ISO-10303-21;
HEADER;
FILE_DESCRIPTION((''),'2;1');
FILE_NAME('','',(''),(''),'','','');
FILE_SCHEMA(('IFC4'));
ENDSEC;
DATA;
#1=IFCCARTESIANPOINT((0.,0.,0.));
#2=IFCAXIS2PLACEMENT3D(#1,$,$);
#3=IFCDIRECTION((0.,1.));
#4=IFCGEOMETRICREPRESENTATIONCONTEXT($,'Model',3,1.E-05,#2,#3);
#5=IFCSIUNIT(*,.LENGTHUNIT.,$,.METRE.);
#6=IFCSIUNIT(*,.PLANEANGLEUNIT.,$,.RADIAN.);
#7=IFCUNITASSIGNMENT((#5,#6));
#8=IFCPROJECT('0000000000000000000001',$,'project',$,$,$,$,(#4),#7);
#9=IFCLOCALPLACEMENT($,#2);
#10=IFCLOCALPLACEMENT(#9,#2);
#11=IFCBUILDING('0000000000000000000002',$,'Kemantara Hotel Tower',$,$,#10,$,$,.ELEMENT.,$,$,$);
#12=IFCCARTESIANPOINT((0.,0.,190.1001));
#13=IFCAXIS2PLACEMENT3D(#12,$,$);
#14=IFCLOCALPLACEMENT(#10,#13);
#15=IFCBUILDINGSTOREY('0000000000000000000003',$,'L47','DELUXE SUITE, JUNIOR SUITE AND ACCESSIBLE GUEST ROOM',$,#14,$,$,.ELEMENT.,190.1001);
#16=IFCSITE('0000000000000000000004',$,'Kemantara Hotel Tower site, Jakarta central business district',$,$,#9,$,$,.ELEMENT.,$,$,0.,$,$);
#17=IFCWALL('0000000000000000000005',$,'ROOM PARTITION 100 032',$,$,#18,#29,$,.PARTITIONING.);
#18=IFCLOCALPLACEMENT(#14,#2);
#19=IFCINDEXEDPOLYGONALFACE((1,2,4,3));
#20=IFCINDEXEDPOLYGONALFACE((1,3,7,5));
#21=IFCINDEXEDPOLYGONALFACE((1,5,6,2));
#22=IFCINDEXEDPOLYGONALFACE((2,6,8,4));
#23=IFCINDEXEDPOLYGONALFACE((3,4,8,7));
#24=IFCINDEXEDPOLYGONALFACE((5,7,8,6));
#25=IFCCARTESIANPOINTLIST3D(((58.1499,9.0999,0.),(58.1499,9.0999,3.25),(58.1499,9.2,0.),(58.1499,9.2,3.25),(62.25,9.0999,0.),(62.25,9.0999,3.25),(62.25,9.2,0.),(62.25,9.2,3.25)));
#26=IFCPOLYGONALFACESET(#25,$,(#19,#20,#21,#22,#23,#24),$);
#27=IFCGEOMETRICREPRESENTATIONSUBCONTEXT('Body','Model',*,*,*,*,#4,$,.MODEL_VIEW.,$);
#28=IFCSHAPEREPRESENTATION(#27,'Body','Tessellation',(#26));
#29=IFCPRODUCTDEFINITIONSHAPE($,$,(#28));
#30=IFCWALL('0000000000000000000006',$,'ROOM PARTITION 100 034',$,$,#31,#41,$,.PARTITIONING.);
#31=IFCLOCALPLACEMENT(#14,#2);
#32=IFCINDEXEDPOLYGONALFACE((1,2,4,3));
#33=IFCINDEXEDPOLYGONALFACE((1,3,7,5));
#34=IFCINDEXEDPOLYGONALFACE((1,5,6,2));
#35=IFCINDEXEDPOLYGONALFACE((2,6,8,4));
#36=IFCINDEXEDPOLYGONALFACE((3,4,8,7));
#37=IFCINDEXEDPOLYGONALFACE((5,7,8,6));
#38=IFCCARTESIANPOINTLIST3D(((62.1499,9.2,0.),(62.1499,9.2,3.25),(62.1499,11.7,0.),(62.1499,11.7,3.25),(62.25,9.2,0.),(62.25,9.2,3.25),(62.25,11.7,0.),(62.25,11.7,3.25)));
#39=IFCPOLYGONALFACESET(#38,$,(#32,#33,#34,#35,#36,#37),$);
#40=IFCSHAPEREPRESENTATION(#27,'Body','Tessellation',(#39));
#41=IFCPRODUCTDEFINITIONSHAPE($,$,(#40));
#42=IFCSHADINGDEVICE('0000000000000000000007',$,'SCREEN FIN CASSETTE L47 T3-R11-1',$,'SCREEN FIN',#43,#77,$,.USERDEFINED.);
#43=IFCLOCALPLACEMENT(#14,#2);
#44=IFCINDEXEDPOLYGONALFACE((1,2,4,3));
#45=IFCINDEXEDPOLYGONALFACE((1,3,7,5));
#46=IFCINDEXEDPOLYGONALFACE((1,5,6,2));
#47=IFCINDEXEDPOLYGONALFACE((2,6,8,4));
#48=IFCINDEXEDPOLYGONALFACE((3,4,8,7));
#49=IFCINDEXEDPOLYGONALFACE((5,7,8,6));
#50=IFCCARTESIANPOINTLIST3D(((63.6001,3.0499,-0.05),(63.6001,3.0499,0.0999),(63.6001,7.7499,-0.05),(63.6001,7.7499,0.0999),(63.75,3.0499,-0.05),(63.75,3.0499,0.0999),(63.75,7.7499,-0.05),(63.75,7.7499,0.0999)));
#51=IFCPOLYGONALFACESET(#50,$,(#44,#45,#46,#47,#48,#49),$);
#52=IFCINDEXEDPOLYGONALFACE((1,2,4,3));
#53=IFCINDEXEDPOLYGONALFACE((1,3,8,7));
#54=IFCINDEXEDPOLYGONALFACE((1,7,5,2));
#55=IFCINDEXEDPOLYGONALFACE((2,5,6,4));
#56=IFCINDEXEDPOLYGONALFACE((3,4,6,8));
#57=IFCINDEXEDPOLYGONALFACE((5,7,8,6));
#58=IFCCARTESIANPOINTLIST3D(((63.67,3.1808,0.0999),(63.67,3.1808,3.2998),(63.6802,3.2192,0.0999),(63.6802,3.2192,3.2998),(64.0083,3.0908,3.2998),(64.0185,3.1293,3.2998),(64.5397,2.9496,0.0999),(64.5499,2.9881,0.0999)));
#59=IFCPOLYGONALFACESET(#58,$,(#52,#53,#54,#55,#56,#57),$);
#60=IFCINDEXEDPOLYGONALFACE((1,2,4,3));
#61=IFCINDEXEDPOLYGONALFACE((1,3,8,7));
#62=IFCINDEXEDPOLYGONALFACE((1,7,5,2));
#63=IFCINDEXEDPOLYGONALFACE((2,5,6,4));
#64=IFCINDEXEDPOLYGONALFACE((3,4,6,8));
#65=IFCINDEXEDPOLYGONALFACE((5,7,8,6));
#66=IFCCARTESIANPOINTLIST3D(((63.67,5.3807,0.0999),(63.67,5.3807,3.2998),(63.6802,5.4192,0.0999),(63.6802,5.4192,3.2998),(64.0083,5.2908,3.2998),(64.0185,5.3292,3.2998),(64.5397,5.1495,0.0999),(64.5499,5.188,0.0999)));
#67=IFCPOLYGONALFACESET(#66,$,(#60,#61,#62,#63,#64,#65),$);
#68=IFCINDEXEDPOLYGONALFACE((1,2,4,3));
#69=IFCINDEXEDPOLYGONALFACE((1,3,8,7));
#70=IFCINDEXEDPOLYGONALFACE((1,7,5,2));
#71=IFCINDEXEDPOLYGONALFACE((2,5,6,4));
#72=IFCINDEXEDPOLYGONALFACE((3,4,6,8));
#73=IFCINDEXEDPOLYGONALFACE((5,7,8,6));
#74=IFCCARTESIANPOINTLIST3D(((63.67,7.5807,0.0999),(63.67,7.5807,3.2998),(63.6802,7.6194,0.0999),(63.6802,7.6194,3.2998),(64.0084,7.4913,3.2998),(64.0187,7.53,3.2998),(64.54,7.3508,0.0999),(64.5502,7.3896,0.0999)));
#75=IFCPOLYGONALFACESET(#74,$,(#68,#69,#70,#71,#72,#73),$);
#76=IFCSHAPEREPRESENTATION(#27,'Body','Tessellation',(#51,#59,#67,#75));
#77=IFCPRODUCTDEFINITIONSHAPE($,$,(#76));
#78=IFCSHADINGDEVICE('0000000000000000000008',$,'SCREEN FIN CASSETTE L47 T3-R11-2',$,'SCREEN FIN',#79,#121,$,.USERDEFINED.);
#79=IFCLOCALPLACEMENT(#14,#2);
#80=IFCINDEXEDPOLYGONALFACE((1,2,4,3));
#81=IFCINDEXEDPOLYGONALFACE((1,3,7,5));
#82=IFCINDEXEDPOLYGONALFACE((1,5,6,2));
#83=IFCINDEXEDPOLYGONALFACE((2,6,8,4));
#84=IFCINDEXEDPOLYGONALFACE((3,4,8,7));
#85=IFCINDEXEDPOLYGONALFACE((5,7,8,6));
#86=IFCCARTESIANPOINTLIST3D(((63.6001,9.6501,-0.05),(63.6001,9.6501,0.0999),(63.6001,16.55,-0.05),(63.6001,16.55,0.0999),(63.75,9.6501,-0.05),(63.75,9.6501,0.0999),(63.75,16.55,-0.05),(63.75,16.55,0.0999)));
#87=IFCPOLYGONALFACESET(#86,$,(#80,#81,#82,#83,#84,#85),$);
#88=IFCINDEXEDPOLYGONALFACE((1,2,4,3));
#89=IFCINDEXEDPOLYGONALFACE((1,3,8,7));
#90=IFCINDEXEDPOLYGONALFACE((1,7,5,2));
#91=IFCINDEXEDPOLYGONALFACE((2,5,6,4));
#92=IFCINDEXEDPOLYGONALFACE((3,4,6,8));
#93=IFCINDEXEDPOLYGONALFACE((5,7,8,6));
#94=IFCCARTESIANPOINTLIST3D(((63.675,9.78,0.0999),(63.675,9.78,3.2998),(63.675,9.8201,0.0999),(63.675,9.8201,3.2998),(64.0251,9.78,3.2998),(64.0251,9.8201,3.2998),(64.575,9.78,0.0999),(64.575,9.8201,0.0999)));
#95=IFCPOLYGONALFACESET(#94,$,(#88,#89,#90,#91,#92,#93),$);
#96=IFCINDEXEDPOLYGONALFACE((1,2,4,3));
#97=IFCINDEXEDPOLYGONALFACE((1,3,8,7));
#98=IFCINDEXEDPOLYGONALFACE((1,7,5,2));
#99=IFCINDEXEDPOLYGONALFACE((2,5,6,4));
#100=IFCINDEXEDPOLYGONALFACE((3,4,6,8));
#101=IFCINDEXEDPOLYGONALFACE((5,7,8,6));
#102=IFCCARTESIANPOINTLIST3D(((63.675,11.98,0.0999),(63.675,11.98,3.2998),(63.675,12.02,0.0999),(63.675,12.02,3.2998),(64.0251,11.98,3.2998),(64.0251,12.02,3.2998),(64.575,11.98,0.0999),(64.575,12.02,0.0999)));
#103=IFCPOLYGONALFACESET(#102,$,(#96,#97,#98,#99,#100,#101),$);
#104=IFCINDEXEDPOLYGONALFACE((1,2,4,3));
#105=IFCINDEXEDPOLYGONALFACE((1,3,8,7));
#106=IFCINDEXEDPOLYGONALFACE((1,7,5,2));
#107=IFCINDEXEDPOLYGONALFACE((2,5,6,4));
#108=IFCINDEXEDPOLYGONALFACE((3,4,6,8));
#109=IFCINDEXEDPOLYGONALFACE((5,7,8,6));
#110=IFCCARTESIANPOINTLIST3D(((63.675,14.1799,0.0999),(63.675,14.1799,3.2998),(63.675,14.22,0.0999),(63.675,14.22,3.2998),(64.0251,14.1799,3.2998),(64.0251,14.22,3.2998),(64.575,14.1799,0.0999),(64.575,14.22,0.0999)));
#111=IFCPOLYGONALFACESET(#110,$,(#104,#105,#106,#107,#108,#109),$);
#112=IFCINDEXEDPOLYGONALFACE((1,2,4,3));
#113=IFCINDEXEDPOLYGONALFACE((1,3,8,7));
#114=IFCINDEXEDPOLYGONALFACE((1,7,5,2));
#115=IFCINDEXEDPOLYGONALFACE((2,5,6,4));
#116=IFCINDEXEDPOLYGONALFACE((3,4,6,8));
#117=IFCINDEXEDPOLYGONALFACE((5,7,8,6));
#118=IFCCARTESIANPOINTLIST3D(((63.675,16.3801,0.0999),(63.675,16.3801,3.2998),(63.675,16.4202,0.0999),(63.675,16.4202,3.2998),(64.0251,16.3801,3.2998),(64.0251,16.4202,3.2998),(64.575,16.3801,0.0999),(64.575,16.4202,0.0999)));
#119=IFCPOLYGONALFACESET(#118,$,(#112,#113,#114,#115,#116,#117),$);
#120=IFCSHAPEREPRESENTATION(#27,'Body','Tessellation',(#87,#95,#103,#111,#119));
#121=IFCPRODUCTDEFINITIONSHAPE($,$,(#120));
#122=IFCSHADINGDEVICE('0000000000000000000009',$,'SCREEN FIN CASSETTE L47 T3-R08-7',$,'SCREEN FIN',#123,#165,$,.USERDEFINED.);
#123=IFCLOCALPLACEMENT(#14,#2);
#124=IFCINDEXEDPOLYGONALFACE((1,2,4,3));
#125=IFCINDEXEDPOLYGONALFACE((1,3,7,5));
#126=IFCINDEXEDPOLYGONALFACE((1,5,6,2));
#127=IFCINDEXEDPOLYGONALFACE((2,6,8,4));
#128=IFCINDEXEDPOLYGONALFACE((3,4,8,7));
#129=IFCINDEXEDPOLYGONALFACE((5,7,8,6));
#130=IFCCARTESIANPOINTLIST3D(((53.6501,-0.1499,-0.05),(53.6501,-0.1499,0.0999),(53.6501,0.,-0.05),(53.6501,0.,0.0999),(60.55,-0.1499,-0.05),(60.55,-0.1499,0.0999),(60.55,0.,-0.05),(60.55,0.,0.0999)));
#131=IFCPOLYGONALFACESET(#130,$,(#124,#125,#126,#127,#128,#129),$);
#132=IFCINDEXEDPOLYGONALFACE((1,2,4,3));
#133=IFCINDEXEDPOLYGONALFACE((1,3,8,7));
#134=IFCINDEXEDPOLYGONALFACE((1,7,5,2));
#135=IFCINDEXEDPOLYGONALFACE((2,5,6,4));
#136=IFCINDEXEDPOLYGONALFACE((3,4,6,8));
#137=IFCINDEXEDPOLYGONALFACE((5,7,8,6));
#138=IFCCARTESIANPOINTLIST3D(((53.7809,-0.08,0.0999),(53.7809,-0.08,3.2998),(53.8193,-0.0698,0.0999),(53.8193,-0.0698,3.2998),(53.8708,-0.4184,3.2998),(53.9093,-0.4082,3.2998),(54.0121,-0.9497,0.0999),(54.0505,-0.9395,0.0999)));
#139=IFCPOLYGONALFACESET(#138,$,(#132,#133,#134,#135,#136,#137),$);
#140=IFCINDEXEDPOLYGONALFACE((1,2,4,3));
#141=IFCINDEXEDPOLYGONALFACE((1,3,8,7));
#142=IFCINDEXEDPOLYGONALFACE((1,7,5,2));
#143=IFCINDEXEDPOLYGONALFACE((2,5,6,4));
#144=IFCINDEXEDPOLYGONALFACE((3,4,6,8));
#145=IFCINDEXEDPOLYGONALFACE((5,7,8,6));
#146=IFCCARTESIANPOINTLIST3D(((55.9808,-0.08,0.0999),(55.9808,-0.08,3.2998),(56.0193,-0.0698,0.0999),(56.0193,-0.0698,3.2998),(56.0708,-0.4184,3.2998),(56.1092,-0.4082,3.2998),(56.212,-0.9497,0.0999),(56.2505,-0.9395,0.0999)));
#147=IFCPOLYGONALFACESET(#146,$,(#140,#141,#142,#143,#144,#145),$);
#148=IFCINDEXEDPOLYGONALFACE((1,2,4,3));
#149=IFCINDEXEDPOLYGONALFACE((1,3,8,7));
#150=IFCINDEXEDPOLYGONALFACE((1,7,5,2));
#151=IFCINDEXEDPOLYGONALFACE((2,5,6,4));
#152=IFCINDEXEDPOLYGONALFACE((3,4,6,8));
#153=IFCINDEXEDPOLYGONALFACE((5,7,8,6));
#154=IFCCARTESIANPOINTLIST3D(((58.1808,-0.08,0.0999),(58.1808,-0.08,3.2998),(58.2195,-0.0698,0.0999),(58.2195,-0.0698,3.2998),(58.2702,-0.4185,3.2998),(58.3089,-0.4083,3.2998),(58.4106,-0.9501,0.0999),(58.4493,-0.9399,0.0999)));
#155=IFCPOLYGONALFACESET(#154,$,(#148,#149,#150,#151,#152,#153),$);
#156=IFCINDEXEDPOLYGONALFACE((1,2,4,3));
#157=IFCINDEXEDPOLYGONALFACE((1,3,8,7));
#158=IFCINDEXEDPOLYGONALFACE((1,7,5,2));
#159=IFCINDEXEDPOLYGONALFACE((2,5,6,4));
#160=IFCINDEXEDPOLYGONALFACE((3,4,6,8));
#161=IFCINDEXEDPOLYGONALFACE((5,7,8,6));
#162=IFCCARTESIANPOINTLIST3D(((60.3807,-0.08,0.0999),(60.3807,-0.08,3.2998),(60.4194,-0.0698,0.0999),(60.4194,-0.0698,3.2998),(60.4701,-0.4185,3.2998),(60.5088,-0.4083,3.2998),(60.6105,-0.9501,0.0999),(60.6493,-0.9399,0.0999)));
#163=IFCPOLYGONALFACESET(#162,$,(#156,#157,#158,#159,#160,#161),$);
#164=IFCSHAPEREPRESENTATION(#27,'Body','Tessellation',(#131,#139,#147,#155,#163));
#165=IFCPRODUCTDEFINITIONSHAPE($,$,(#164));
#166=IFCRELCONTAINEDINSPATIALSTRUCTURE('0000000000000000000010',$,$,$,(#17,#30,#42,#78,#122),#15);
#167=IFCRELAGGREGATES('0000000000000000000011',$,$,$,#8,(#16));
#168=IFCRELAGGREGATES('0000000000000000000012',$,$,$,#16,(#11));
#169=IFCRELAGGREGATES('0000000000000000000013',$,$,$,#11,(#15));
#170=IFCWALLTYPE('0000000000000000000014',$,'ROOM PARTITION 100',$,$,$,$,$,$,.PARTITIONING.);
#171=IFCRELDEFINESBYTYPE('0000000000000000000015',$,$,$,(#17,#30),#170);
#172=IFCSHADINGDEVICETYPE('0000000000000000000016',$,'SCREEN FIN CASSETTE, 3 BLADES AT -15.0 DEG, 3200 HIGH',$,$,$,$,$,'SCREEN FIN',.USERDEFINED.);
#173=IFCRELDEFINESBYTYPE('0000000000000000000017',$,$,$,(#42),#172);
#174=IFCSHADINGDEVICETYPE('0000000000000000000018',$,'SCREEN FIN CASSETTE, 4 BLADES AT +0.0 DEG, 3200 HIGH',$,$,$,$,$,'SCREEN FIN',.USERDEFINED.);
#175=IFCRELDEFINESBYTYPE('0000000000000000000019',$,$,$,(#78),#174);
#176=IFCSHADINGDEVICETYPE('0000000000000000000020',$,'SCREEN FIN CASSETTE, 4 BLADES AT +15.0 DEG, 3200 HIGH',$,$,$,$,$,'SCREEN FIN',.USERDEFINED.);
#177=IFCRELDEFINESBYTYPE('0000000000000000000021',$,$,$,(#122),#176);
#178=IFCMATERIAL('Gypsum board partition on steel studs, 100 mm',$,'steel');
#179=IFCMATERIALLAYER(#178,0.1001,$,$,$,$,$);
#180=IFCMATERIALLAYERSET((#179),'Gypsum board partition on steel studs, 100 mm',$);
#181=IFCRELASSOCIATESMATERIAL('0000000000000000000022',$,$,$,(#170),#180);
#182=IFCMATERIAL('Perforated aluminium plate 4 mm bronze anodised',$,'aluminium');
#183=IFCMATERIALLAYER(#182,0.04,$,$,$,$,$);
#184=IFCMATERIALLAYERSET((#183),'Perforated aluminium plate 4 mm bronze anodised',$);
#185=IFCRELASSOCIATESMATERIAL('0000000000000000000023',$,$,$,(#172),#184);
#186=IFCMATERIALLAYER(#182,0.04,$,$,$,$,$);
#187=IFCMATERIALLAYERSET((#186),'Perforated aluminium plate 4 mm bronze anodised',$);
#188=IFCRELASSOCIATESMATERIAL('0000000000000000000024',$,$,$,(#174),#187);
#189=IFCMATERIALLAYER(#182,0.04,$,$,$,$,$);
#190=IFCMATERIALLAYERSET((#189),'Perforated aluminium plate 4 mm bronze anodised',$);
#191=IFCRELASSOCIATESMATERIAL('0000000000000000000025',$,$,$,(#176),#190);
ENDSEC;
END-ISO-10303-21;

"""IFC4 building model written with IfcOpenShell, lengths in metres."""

from ifc_helpers import new_model, si_unit, direction, frame, frame_2d, origin, origin_2d, place, context, subcontext, project, spatial, polyline, rectangle, outline, extrude, source, transform, mapped, material, layer, layer_set, type_object, element, save


model = new_model("IFC4")

# Units and contexts
model_context = context("Model", 3, precision=1e-05, world=origin(), true_north=direction((0.0, 1.0)))
body_context = subcontext(model_context, "Body", "Model", "MODEL_VIEW")
ifc_project = project(units=[si_unit("LENGTHUNIT", "METRE"), si_unit("PLANEANGLEUNIT", "RADIAN")], contexts=[model_context])

# Site, building, storey
site_placement = place(None, origin())
site = spatial("IfcSite", under=ifc_project, at=site_placement, Name="Kemantara Hotel Tower site, Jakarta central business district", CompositionType="ELEMENT", RefElevation=0.0)
building_placement = place(site_placement, origin())
building = spatial("IfcBuilding", under=site, at=building_placement, Name="Kemantara Hotel Tower", CompositionType="ELEMENT")
storey_placement = place(building_placement, frame((0.0, 0.0, 190.1001)))
storey = spatial("IfcBuildingStorey", under=building, at=storey_placement, Name="L47", Description="DELUXE SUITE, JUNIOR SUITE AND ACCESSIBLE GUEST ROOM", CompositionType="ELEMENT", Elevation=190.1001)

# Walls
ifc_material_1 = material(Name="Gypsum board partition on steel studs, 100 mm", Category="steel")
ifc_layer_1 = layer(ifc_material_1, 0.1001)
ifc_layer_set_1 = layer_set([ifc_layer_1], Name="Gypsum board partition on steel studs, 100 mm")
wall_type_1 = type_object("IfcWallType", Name="ROOM PARTITION 100", PredefinedType="PARTITIONING", material=ifc_layer_set_1)
wall_1_placement = place(storey_placement, frame((58.1499, 9.1499, 0.0), z_axis=(0.0, 0.0, 1.0), x_axis=(1.0, 0.0, 0.0)))
element("IfcWall", 1, at=wall_1_placement, inside=storey, type_object=wall_type_1, Name="ROOM PARTITION 100 032", PredefinedType="PARTITIONING", context=body_context, shape_type="SweptSolid", body=[
    extrude(rectangle(XDim=4.1001, YDim=0.1001, at=frame_2d((2.05, 0.0))), origin(), (0.0, 0.0, 1.0), 3.25),
])
wall_2_placement = place(storey_placement, frame((62.2, 9.2, 0.0), z_axis=(0.0, 0.0, 1.0), x_axis=(0.0, 1.0, 0.0)))
element("IfcWall", 2, at=wall_2_placement, inside=storey, type_object=wall_type_1, Name="ROOM PARTITION 100 034", PredefinedType="PARTITIONING", context=body_context, shape_type="SweptSolid", body=[
    extrude(rectangle(XDim=2.5, YDim=0.1001, at=frame_2d((1.25, 0.0))), origin(), (0.0, 0.0, 1.0), 3.25),
])

# Shading devices
ifc_material_2 = material(Name="Perforated aluminium plate 4 mm bronze anodised", Category="aluminium")
ifc_layer_2 = layer(ifc_material_2, 0.04)
ifc_layer_set_2 = layer_set([ifc_layer_2], Name="Perforated aluminium plate 4 mm bronze anodised")
shading_device_type_1 = type_object("IfcShadingDeviceType", Name="SCREEN FIN CASSETTE, 3 BLADES AT -15.0 DEG, 3200 HIGH", ElementType="SCREEN FIN", PredefinedType="USERDEFINED", material=ifc_layer_set_2)
shared_shape_1 = source(origin(), body_context, "Body", "SweptSolid", [
    extrude(rectangle(XDim=4.7, YDim=0.1499, at=origin_2d()), frame((2.2, -0.075, -0.1499), z_axis=(0.0, 0.0, 1.0), x_axis=(1.0, 0.0, 0.0)), (0.0, 0.0, 1.0), 0.1499),
    extrude(outline(polyline([(0.0, 0.0), (0.8999, 0.0), (0.3501, 3.2), (0.0, 3.2), (0.0, 0.0)])), frame((0.0193, -0.0801, 0.0), z_axis=(-0.966438, 0.256901, 0.0), x_axis=(-0.256901, -0.966438, 0.0)), (0.0, 0.0, 1.0), 0.0398),
    extrude(outline(polyline([(0.0, 0.0), (0.8999, 0.0), (0.3501, 3.2), (0.0, 3.2), (0.0, 0.0)])), frame((2.2192, -0.0801, 0.0), z_axis=(-0.966438, 0.256901, 0.0), x_axis=(-0.256901, -0.966438, 0.0)), (0.0, 0.0, 1.0), 0.0398),
    extrude(outline(polyline([(0.0, 0.0), (0.8999, 0.0), (0.3501, 3.2), (0.0, 3.2), (0.0, 0.0)])), frame((4.4194, -0.0801, 0.0), z_axis=(-0.966838, 0.255391, 0.0), x_axis=(-0.255391, -0.966838, 0.0)), (0.0, 0.0, 1.0), 0.04),
])
shading_device_1_placement = place(storey_placement, frame((63.6001, 3.2, 0.0999), z_axis=(0.0, 0.0, 1.0), x_axis=(0.0, 1.0, 0.0)))
element("IfcShadingDevice", 3, at=shading_device_1_placement, inside=storey, type_object=shading_device_type_1, Name="SCREEN FIN CASSETTE L47 T3-R11-1", ObjectType="SCREEN FIN", PredefinedType="USERDEFINED", context=body_context, shape_type="MappedRepresentation", body=[
    mapped(shared_shape_1, transform((0.0, 0.0, 0.0))),
])
ifc_layer_3 = layer(ifc_material_2, 0.04)
ifc_layer_set_3 = layer_set([ifc_layer_3], Name="Perforated aluminium plate 4 mm bronze anodised")
shading_device_type_2 = type_object("IfcShadingDeviceType", Name="SCREEN FIN CASSETTE, 4 BLADES AT +0.0 DEG, 3200 HIGH", ElementType="SCREEN FIN", PredefinedType="USERDEFINED", material=ifc_layer_set_3)
shared_shape_2 = source(origin(), body_context, "Body", "SweptSolid", [
    extrude(rectangle(XDim=6.8999, YDim=0.1499, at=origin_2d()), frame((3.3, -0.075, -0.1499), z_axis=(0.0, 0.0, 1.0), x_axis=(1.0, 0.0, 0.0)), (0.0, 0.0, 1.0), 0.1499),
    extrude(outline(polyline([(0.0, 0.0), (0.8999, 0.0), (0.3501, 3.2), (0.0, 3.2), (0.0, 0.0)])), frame((0.02, -0.075, 0.0), z_axis=(-1.0, 0.0, 0.0), x_axis=(0.0, -1.0, 0.0)), (0.0, 0.0, 1.0), 0.04),
    extrude(outline(polyline([(0.0, 0.0), (0.8999, 0.0), (0.3501, 3.2), (0.0, 3.2), (0.0, 0.0)])), frame((2.22, -0.075, 0.0), z_axis=(-1.0, 0.0, 0.0), x_axis=(0.0, -1.0, 0.0)), (0.0, 0.0, 1.0), 0.04),
    extrude(outline(polyline([(0.0, 0.0), (0.8999, 0.0), (0.3501, 3.2), (0.0, 3.2), (0.0, 0.0)])), frame((4.4199, -0.075, 0.0), z_axis=(-1.0, 0.0, 0.0), x_axis=(0.0, -1.0, 0.0)), (0.0, 0.0, 1.0), 0.04),
    extrude(outline(polyline([(0.0, 0.0), (0.8999, 0.0), (0.3501, 3.2), (0.0, 3.2), (0.0, 0.0)])), frame((6.6201, -0.075, 0.0), z_axis=(-1.0, 0.0, 0.0), x_axis=(0.0, -1.0, 0.0)), (0.0, 0.0, 1.0), 0.04),
])
shading_device_2_placement = place(storey_placement, frame((63.6001, 9.8, 0.0999), z_axis=(0.0, 0.0, 1.0), x_axis=(0.0, 1.0, 0.0)))
element("IfcShadingDevice", 4, at=shading_device_2_placement, inside=storey, type_object=shading_device_type_2, Name="SCREEN FIN CASSETTE L47 T3-R11-2", ObjectType="SCREEN FIN", PredefinedType="USERDEFINED", context=body_context, shape_type="MappedRepresentation", body=[
    mapped(shared_shape_2, transform((0.0, 0.0, 0.0))),
])
ifc_layer_4 = layer(ifc_material_2, 0.04)
ifc_layer_set_4 = layer_set([ifc_layer_4], Name="Perforated aluminium plate 4 mm bronze anodised")
shading_device_type_3 = type_object("IfcShadingDeviceType", Name="SCREEN FIN CASSETTE, 4 BLADES AT +15.0 DEG, 3200 HIGH", ElementType="SCREEN FIN", PredefinedType="USERDEFINED", material=ifc_layer_set_4)
shared_shape_3 = source(origin(), body_context, "Body", "SweptSolid", [
    extrude(rectangle(XDim=6.8999, YDim=0.1499, at=origin_2d()), frame((3.3, -0.075, -0.1499), z_axis=(0.0, 0.0, 1.0), x_axis=(1.0, 0.0, 0.0)), (0.0, 0.0, 1.0), 0.1499),
    extrude(outline(polyline([(0.0, 0.0), (0.8999, 0.0), (0.3501, 3.2), (0.0, 3.2), (0.0, 0.0)])), frame((0.0193, -0.0698, 0.0), z_axis=(-0.966438, -0.256901, 0.0), x_axis=(0.256901, -0.966438, 0.0)), (0.0, 0.0, 1.0), 0.0398),
    extrude(outline(polyline([(0.0, 0.0), (0.8999, 0.0), (0.3501, 3.2), (0.0, 3.2), (0.0, 0.0)])), frame((2.2192, -0.0698, 0.0), z_axis=(-0.966438, -0.256901, 0.0), x_axis=(0.256901, -0.966438, 0.0)), (0.0, 0.0, 1.0), 0.0398),
    extrude(outline(polyline([(0.0, 0.0), (0.8999, 0.0), (0.3501, 3.2), (0.0, 3.2), (0.0, 0.0)])), frame((4.4194, -0.0698, 0.0), z_axis=(-0.966838, -0.255391, 0.0), x_axis=(0.255391, -0.966838, 0.0)), (0.0, 0.0, 1.0), 0.04),
    extrude(outline(polyline([(0.0, 0.0), (0.8999, 0.0), (0.3501, 3.2), (0.0, 3.2), (0.0, 0.0)])), frame((6.6194, -0.0698, 0.0), z_axis=(-0.966838, -0.255391, 0.0), x_axis=(0.255391, -0.966838, 0.0)), (0.0, 0.0, 1.0), 0.04),
])
shading_device_3_placement = place(storey_placement, frame((53.8, 0.0, 0.0999), z_axis=(0.0, 0.0, 1.0), x_axis=(1.0, 0.0, 0.0)))
element("IfcShadingDevice", 5, at=shading_device_3_placement, inside=storey, type_object=shading_device_type_3, Name="SCREEN FIN CASSETTE L47 T3-R08-7", ObjectType="SCREEN FIN", PredefinedType="USERDEFINED", context=body_context, shape_type="MappedRepresentation", body=[
    mapped(shared_shape_3, transform((0.0, 0.0, 0.0))),
])

save(model, "model.ifc")
